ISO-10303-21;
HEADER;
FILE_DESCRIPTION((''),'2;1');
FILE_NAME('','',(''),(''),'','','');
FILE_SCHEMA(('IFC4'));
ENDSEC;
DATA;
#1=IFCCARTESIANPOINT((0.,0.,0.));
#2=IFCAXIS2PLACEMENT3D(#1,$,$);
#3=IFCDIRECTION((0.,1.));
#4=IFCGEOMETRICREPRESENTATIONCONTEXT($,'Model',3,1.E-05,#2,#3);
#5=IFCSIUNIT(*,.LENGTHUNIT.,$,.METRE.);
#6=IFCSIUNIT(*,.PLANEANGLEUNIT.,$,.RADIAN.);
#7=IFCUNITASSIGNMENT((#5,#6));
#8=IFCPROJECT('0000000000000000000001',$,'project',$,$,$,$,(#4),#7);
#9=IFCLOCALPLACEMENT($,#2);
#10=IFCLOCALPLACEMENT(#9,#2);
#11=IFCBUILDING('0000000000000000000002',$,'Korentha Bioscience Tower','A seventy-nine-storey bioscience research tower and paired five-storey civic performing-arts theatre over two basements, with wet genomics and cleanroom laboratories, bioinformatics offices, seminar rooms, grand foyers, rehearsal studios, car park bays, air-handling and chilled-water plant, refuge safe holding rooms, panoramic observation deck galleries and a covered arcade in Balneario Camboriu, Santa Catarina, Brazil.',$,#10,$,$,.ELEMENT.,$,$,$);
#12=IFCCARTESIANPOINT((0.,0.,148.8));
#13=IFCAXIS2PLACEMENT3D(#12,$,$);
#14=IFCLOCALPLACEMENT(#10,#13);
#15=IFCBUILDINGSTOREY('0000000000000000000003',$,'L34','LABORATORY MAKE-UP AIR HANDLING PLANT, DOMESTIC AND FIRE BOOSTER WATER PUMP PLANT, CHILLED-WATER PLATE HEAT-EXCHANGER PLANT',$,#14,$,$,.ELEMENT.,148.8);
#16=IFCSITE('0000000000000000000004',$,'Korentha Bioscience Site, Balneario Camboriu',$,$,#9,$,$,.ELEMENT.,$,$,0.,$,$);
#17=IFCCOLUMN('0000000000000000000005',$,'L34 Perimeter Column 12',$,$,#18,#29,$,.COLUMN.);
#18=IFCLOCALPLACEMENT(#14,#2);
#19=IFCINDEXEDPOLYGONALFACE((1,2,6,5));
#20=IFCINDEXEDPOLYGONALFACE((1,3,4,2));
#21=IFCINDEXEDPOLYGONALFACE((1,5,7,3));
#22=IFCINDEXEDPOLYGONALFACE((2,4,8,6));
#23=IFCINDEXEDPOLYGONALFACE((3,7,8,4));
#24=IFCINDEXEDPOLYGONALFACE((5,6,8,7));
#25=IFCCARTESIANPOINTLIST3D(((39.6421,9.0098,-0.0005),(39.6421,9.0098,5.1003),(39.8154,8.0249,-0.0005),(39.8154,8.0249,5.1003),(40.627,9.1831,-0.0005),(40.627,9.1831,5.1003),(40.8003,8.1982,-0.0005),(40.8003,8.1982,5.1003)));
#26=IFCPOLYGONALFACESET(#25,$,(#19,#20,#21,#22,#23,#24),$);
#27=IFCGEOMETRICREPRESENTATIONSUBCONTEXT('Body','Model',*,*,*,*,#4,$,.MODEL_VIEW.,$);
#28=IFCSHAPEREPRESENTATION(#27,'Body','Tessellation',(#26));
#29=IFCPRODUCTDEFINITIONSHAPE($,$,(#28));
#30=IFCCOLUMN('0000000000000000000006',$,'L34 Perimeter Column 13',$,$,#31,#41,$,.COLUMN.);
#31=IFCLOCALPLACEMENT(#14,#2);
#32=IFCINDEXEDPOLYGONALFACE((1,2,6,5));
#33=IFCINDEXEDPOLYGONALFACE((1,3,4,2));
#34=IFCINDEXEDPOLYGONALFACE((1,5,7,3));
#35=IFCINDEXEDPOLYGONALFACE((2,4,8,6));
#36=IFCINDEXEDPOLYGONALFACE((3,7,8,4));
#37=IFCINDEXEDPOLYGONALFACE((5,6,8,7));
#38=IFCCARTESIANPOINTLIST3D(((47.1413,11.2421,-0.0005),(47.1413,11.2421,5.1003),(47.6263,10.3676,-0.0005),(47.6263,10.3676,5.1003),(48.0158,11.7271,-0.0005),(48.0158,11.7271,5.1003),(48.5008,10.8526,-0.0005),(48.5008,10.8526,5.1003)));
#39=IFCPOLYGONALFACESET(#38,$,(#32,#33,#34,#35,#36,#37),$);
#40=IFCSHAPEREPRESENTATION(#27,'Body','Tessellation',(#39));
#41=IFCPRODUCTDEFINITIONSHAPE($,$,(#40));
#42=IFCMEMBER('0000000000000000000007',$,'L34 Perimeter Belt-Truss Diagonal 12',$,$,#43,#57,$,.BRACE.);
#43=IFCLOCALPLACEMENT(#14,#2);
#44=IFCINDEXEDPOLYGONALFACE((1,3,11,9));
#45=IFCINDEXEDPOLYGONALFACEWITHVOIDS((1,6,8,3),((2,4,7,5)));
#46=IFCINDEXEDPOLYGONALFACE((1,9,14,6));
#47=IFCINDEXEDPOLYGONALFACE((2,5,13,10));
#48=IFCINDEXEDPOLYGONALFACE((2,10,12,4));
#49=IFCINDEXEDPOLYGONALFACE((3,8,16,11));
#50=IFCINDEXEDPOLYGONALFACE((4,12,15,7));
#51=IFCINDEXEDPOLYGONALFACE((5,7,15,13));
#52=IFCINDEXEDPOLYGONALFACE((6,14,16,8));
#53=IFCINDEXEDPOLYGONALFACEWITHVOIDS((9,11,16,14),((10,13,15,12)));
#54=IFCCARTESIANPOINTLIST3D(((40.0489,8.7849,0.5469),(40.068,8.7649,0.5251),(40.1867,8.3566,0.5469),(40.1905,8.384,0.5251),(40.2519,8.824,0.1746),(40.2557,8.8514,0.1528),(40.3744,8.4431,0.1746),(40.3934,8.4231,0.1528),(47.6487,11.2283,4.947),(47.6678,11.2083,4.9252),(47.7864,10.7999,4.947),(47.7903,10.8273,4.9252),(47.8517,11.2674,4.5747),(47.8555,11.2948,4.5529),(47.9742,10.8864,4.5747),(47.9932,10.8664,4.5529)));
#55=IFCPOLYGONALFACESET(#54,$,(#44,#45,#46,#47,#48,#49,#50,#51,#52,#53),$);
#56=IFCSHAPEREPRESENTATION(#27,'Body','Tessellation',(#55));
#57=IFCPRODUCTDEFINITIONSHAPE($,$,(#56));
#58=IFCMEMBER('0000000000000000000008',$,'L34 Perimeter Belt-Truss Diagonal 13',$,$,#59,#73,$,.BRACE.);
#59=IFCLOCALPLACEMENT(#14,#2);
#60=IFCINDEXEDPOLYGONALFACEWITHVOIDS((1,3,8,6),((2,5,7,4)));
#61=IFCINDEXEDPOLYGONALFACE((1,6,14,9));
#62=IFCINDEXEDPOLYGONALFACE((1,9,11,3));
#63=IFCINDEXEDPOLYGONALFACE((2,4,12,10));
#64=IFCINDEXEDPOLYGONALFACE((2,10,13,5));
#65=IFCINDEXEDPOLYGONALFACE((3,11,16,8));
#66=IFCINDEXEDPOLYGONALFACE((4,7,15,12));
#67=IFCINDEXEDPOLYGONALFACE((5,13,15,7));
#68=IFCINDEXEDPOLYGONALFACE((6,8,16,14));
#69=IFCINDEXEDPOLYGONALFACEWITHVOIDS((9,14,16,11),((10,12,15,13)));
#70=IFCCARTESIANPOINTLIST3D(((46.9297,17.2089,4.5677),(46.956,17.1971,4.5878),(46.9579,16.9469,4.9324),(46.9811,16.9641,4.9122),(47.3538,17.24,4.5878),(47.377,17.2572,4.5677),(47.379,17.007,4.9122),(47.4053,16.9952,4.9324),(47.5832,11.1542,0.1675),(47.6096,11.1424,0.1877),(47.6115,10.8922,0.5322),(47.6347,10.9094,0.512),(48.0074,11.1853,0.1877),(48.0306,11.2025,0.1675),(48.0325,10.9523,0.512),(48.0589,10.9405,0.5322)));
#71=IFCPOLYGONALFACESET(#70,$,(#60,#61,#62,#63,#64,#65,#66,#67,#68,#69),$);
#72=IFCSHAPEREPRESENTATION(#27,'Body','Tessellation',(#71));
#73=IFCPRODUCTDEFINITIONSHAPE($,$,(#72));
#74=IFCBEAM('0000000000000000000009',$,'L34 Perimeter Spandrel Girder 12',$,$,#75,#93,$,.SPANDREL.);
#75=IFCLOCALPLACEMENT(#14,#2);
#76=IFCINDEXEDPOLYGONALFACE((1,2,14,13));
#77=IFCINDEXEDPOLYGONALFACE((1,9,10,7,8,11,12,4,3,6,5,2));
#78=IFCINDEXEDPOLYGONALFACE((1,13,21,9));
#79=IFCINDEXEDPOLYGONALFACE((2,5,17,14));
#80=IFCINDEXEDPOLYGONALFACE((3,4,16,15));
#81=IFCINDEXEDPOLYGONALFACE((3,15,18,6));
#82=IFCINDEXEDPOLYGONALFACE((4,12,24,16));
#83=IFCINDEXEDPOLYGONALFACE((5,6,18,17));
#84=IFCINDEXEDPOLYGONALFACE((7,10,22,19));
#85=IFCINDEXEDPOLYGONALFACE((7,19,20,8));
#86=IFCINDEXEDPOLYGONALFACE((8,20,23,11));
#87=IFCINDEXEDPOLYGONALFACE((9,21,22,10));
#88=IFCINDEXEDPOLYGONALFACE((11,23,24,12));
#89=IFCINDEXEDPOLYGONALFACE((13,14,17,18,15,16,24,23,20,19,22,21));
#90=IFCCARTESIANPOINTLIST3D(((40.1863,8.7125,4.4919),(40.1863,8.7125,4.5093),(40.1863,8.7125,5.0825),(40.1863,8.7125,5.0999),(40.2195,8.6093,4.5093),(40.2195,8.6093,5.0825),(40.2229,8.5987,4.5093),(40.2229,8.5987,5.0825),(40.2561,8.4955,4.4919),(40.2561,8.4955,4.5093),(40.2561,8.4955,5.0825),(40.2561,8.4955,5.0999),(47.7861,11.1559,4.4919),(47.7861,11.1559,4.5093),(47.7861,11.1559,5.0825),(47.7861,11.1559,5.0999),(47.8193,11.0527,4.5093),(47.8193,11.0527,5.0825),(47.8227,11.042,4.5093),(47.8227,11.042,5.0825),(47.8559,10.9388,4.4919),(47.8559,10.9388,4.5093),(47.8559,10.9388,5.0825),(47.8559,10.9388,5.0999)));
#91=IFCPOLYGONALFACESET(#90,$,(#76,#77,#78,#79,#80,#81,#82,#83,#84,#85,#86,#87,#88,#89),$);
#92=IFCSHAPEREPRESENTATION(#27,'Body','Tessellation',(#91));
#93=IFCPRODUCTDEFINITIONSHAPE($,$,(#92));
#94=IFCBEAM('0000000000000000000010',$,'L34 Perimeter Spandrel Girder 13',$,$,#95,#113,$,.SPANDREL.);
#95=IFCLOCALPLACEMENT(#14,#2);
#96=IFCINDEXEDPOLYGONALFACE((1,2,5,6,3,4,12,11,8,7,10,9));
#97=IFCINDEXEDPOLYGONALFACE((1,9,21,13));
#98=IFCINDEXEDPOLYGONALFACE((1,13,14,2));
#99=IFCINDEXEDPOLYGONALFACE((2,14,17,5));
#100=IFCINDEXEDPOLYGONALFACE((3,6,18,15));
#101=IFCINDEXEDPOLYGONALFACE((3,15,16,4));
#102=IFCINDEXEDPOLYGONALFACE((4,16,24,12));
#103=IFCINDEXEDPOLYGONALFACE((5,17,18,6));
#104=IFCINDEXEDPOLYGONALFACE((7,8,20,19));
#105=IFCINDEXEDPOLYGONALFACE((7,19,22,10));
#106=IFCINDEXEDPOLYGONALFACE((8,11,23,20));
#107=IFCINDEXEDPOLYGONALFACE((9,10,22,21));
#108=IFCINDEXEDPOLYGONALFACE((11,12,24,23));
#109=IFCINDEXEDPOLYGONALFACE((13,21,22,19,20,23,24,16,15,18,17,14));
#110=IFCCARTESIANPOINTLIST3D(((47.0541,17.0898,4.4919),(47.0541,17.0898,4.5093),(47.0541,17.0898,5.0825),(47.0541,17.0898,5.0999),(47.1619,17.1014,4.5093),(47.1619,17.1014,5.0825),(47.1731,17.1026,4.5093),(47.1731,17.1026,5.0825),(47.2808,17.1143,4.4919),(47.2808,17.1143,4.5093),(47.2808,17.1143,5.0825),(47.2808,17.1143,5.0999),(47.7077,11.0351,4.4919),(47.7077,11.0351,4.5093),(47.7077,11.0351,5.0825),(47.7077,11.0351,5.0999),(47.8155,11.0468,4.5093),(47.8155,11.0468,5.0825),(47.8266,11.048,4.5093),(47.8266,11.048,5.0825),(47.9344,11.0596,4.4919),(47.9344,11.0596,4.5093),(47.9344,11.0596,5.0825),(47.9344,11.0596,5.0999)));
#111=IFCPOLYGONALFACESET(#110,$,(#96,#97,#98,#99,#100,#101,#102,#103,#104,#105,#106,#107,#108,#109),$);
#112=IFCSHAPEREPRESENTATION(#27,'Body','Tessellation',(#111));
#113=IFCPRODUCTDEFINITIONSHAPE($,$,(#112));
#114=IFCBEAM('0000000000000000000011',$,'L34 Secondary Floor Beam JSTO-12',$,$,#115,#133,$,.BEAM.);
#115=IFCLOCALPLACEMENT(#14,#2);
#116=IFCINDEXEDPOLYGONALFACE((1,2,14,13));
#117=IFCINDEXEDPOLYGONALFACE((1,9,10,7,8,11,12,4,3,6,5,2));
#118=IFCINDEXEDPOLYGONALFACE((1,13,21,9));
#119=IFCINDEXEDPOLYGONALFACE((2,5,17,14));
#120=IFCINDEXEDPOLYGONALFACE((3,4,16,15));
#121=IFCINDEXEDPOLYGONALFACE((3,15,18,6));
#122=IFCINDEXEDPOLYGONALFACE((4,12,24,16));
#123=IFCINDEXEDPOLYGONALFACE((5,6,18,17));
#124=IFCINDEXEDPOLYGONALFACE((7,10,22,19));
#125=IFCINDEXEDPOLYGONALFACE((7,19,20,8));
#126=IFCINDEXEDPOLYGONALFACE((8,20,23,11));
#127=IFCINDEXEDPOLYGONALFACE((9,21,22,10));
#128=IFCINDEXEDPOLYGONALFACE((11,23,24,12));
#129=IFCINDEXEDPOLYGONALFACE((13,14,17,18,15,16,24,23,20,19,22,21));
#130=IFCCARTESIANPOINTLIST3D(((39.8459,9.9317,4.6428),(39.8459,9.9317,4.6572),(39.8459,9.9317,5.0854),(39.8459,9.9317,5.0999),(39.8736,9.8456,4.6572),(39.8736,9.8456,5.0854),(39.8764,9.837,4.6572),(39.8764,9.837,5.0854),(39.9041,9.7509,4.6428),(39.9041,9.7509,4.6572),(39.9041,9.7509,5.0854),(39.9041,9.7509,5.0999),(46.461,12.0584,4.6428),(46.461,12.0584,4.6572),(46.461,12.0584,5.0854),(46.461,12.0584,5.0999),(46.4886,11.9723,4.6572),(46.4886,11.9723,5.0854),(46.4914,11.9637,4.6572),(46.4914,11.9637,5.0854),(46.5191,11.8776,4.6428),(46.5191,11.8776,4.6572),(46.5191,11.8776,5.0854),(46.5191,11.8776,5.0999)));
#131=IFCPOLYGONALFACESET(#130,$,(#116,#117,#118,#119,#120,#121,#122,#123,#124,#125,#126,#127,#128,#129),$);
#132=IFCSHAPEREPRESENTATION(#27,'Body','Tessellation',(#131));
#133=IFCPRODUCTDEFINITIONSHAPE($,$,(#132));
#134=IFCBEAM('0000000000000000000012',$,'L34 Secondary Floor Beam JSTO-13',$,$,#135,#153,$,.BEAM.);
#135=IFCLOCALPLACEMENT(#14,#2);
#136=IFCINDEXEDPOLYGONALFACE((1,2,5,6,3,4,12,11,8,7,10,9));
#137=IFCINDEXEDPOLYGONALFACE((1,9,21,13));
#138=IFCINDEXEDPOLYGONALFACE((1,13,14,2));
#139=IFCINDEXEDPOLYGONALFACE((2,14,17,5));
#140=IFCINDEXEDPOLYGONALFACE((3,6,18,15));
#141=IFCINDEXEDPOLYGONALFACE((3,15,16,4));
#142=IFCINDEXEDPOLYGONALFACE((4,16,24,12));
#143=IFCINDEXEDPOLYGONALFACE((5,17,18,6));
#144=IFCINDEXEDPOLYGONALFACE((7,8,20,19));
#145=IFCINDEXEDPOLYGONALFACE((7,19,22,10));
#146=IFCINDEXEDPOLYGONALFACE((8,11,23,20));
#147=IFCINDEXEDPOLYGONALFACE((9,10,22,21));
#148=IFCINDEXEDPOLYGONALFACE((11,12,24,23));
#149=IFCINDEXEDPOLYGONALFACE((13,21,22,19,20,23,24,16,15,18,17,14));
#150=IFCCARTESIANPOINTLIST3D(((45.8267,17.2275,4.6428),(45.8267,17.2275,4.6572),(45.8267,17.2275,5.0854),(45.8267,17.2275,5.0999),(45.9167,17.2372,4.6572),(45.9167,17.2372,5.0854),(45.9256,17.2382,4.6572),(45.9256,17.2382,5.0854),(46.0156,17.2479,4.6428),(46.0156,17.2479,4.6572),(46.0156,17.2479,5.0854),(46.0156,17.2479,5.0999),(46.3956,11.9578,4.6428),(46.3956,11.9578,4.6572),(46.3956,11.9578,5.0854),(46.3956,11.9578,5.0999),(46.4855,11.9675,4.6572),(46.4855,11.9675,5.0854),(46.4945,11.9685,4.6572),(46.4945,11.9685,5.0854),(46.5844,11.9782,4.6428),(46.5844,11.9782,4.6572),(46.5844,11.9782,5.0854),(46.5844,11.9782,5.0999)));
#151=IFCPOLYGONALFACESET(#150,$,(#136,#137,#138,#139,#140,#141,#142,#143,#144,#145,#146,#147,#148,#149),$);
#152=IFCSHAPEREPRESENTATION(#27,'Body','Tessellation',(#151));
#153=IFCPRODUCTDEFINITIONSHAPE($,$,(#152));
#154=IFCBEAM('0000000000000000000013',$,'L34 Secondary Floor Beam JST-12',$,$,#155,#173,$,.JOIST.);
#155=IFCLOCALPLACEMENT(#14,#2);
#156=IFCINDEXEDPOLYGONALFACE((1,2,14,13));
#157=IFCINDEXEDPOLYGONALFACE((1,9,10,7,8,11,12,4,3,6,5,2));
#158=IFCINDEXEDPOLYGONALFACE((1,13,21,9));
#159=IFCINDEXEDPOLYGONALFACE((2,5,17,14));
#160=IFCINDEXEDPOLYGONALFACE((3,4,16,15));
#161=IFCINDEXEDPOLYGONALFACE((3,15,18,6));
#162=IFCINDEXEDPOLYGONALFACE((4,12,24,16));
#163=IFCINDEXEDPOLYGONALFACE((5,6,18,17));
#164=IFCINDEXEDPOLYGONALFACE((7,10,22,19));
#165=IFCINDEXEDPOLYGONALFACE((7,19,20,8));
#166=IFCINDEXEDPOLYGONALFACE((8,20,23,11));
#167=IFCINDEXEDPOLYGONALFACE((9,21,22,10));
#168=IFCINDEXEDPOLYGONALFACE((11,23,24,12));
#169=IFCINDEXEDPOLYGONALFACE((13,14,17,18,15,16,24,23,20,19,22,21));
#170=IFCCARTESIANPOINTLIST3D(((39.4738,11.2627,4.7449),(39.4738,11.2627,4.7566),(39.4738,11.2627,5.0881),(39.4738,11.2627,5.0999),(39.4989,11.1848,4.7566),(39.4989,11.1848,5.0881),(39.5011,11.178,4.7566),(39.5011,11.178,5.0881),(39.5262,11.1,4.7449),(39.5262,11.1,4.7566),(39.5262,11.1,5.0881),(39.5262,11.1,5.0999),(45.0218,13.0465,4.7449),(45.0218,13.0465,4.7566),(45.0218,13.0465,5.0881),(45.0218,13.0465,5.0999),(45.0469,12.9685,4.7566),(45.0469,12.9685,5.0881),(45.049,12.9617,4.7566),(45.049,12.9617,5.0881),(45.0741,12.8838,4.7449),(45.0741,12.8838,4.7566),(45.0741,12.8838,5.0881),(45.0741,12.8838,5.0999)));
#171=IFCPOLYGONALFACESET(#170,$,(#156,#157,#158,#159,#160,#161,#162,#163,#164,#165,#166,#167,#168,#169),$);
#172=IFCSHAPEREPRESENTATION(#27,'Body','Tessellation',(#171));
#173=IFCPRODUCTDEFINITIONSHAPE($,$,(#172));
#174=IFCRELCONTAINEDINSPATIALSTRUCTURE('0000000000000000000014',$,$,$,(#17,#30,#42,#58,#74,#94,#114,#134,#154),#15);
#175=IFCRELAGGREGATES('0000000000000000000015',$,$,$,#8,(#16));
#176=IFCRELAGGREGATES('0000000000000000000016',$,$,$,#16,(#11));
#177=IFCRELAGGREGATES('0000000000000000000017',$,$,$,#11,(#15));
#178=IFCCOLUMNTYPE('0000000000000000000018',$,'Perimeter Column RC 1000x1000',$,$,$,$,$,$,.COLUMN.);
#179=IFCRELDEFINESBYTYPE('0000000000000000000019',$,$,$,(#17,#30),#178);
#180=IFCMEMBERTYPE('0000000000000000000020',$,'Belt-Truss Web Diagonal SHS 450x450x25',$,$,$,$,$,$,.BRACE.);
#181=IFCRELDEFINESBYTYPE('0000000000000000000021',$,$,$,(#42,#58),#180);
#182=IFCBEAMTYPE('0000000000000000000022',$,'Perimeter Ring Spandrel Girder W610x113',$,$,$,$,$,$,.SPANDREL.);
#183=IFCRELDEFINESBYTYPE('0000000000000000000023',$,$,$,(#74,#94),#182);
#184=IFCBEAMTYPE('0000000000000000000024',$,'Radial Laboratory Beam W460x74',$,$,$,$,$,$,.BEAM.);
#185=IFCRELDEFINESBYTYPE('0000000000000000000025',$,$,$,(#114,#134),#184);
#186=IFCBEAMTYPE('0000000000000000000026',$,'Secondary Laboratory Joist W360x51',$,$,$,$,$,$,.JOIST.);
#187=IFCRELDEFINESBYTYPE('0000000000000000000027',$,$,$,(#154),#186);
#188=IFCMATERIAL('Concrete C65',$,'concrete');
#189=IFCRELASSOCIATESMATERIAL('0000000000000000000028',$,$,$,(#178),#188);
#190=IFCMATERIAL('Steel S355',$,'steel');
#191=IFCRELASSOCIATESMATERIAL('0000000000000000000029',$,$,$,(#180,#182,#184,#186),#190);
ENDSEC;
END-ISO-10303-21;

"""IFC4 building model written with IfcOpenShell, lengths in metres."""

from ifc_helpers import new_model, si_unit, direction, frame, origin, origin_2d, place, context, subcontext, project, spatial, rectangle, hollow_rectangle, i_section, extrude, material, material_profile, profile_set, type_object, element, save


model = new_model("IFC4")

# Units and contexts
model_context = context("Model", 3, precision=1e-05, world=origin(), true_north=direction((0.0, 1.0)))
body_context = subcontext(model_context, "Body", "Model", "MODEL_VIEW")
ifc_project = project(units=[si_unit("LENGTHUNIT", "METRE"), si_unit("PLANEANGLEUNIT", "RADIAN")], contexts=[model_context])

# Site, building, storey
site_placement = place(None, origin())
site = spatial("IfcSite", under=ifc_project, at=site_placement, Name="Korentha Bioscience Site, Balneario Camboriu", CompositionType="ELEMENT", RefElevation=0.0)
building_placement = place(site_placement, origin())
building = spatial("IfcBuilding", under=site, at=building_placement, Name="Korentha Bioscience Tower", Description="A seventy-nine-storey bioscience research tower and paired five-storey civic performing-arts theatre over two basements, with wet genomics and cleanroom laboratories, bioinformatics offices, seminar rooms, grand foyers, rehearsal studios, car park bays, air-handling and chilled-water plant, refuge safe holding rooms, panoramic observation deck galleries and a covered arcade in Balneario Camboriu, Santa Catarina, Brazil.", CompositionType="ELEMENT")
storey_placement = place(building_placement, frame((0.0, 0.0, 148.8)))
storey = spatial("IfcBuildingStorey", under=building, at=storey_placement, Name="L34", Description="LABORATORY MAKE-UP AIR HANDLING PLANT, DOMESTIC AND FIRE BOOSTER WATER PUMP PLANT, CHILLED-WATER PLATE HEAT-EXCHANGER PLANT", CompositionType="ELEMENT", Elevation=148.8)

# Columns
ifc_material_1 = material(Name="Concrete C65", Category="concrete")
ifc_material_profile_1 = material_profile(ifc_material_1, rectangle(XDim=1.0, YDim=1.0, at=origin_2d()), Name="Concrete C65")
ifc_profile_set_1 = profile_set([ifc_material_profile_1], Name="Concrete C65 (COL-P10)")
column_type = type_object("IfcColumnType", Name="Perimeter Column RC 1000x1000", PredefinedType="COLUMN", material=ifc_profile_set_1)
for number, where, z_axis, x_axis, name in (
    (1, (40.2212, 8.604, -0.0005), (0.0, 0.0, 1.0), (0.984868, 0.173304, 0.0), "L34 Perimeter Column 12"),
    (2, (47.821, 11.0474, -0.0005), (0.0, 0.0, 1.0), (0.874535, 0.484962, 0.0), "L34 Perimeter Column 13"),
):
    element("IfcColumn", number, at=place(storey_placement, frame(where, z_axis=z_axis, x_axis=x_axis)), inside=storey, type_object=column_type, Name=name, PredefinedType="COLUMN", context=body_context, shape_type="SweptSolid", body=[
        extrude(rectangle(XDim=1.0, YDim=1.0, at=origin_2d()), origin(), (0.0, 0.0, 1.0), 5.1008),
    ])

# Members
ifc_material_2 = material(Name="Steel S355", Category="steel")
ifc_material_profile_2 = material_profile(ifc_material_2, hollow_rectangle(XDim=0.45, YDim=0.45, WallThickness=0.0249, at=origin_2d()), Name="Steel S355")
ifc_profile_set_2 = profile_set([ifc_material_profile_2], Name="Steel S355 (BT-D450)")
member_type = type_object("IfcMemberType", Name="Belt-Truss Web Diagonal SHS 450x450x25", PredefinedType="BRACE", material=ifc_profile_set_2)
member_1_placement = place(storey_placement, frame((40.2212, 8.604, 0.3499), z_axis=(0.833745, 0.26805, 0.48272), x_axis=(-0.306072, 0.952009, 0.0)))
element("IfcMember", 3, at=member_1_placement, inside=storey, type_object=member_type, Name="L34 Perimeter Belt-Truss Diagonal 12", PredefinedType="BRACE", context=body_context, shape_type="SweptSolid", body=[
    extrude(hollow_rectangle(XDim=0.45, YDim=0.45, WallThickness=0.0249, at=origin_2d()), origin(), (0.0, 0.0, 1.0), 9.1152),
])
member_2_placement = place(storey_placement, frame((47.821, 11.0474, 0.3499), z_axis=(-0.086989, 0.805877, 0.585658), x_axis=(-0.994225, -0.10732, 0.0)))
element("IfcMember", 4, at=member_2_placement, inside=storey, type_object=member_type, Name="L34 Perimeter Belt-Truss Diagonal 13", PredefinedType="BRACE", context=body_context, shape_type="SweptSolid", body=[
    extrude(hollow_rectangle(XDim=0.45, YDim=0.45, WallThickness=0.0249, at=origin_2d()), origin(), (0.0, 0.0, 1.0), 7.5132),
])

# Beams
ifc_material_profile_3 = material_profile(ifc_material_2, i_section(OverallWidth=0.228, OverallDepth=0.6079, WebThickness=0.0112, FlangeThickness=0.0173, at=origin_2d()), Name="Steel S355")
ifc_profile_set_3 = profile_set([ifc_material_profile_3], Name="Steel S355 (SB-610)")
beam_type_1 = type_object("IfcBeamType", Name="Perimeter Ring Spandrel Girder W610x113", PredefinedType="SPANDREL", material=ifc_profile_set_3)
beam_1_placement = place(storey_placement, frame((40.2212, 8.604, 4.7959), z_axis=(0.952009, 0.306072, 0.0), x_axis=(-0.306072, 0.952009, 0.0)))
element("IfcBeam", 5, at=beam_1_placement, inside=storey, type_object=beam_type_1, Name="L34 Perimeter Spandrel Girder 12", PredefinedType="SPANDREL", context=body_context, shape_type="SweptSolid", body=[
    extrude(i_section(OverallWidth=0.228, OverallDepth=0.6079, WebThickness=0.0112, FlangeThickness=0.0173, at=origin_2d()), origin(), (0.0, 0.0, 1.0), 7.9829),
])
beam_2_placement = place(storey_placement, frame((47.821, 11.0474, 4.7959), z_axis=(-0.10732, 0.994225, 0.0), x_axis=(-0.994225, -0.10732, 0.0)))
element("IfcBeam", 6, at=beam_2_placement, inside=storey, type_object=beam_type_1, Name="L34 Perimeter Spandrel Girder 13", PredefinedType="SPANDREL", context=body_context, shape_type="SweptSolid", body=[
    extrude(i_section(OverallWidth=0.228, OverallDepth=0.6079, WebThickness=0.0112, FlangeThickness=0.0173, at=origin_2d()), origin(), (0.0, 0.0, 1.0), 6.0898),
])
ifc_material_profile_4 = material_profile(ifc_material_2, i_section(OverallWidth=0.1899, OverallDepth=0.457, WebThickness=0.009, FlangeThickness=0.0144, at=origin_2d()), Name="Steel S355")
ifc_profile_set_4 = profile_set([ifc_material_profile_4], Name="Steel S355 (RB-460)")
beam_type_2 = type_object("IfcBeamType", Name="Radial Laboratory Beam W460x74", PredefinedType="BEAM", material=ifc_profile_set_4)
beam_3_placement = place(storey_placement, frame((39.875, 9.8413, 4.8713), z_axis=(0.952009, 0.306069, 0.0), x_axis=(-0.306069, 0.952009, 0.0)))
element("IfcBeam", 7, at=beam_3_placement, inside=storey, type_object=beam_type_2, Name="L34 Secondary Floor Beam JSTO-12", PredefinedType="BEAM", context=body_context, shape_type="SweptSolid", body=[
    extrude(i_section(OverallWidth=0.1899, OverallDepth=0.457, WebThickness=0.009, FlangeThickness=0.0144, at=origin_2d()), origin(), (0.0, 0.0, 1.0), 6.9485),
])
beam_4_placement = place(storey_placement, frame((46.49, 11.968, 4.8713), z_axis=(-0.107322, 0.994224, 0.0), x_axis=(-0.994224, -0.107322, 0.0)))
element("IfcBeam", 8, at=beam_4_placement, inside=storey, type_object=beam_type_2, Name="L34 Secondary Floor Beam JSTO-13", PredefinedType="BEAM", context=body_context, shape_type="SweptSolid", body=[
    extrude(i_section(OverallWidth=0.1899, OverallDepth=0.457, WebThickness=0.009, FlangeThickness=0.0144, at=origin_2d()), origin(), (0.0, 0.0, 1.0), 5.3003),
])
ifc_material_profile_5 = material_profile(ifc_material_2, i_section(OverallWidth=0.1709, OverallDepth=0.355, WebThickness=0.0071, FlangeThickness=0.0117, at=origin_2d()), Name="Steel S355")
ifc_profile_set_5 = profile_set([ifc_material_profile_5], Name="Steel S355 (JB-360)")
beam_type_3 = type_object("IfcBeamType", Name="Secondary Laboratory Joist W360x51", PredefinedType="JOIST", material=ifc_profile_set_5)
beam_5_placement = place(storey_placement, frame((39.5, 11.1814, 4.9224), z_axis=(0.952006, 0.30608, 0.0), x_axis=(-0.30608, 0.952006, 0.0)))
element("IfcBeam", 9, at=beam_5_placement, inside=storey, type_object=beam_type_3, Name="L34 Secondary Floor Beam JST-12", PredefinedType="JOIST", context=body_context, shape_type="SweptSolid", body=[
    extrude(i_section(OverallWidth=0.1709, OverallDepth=0.355, WebThickness=0.0071, FlangeThickness=0.0117, at=origin_2d()), origin(), (0.0, 0.0, 1.0), 5.8276),
])

save(model, "model.ifc")
